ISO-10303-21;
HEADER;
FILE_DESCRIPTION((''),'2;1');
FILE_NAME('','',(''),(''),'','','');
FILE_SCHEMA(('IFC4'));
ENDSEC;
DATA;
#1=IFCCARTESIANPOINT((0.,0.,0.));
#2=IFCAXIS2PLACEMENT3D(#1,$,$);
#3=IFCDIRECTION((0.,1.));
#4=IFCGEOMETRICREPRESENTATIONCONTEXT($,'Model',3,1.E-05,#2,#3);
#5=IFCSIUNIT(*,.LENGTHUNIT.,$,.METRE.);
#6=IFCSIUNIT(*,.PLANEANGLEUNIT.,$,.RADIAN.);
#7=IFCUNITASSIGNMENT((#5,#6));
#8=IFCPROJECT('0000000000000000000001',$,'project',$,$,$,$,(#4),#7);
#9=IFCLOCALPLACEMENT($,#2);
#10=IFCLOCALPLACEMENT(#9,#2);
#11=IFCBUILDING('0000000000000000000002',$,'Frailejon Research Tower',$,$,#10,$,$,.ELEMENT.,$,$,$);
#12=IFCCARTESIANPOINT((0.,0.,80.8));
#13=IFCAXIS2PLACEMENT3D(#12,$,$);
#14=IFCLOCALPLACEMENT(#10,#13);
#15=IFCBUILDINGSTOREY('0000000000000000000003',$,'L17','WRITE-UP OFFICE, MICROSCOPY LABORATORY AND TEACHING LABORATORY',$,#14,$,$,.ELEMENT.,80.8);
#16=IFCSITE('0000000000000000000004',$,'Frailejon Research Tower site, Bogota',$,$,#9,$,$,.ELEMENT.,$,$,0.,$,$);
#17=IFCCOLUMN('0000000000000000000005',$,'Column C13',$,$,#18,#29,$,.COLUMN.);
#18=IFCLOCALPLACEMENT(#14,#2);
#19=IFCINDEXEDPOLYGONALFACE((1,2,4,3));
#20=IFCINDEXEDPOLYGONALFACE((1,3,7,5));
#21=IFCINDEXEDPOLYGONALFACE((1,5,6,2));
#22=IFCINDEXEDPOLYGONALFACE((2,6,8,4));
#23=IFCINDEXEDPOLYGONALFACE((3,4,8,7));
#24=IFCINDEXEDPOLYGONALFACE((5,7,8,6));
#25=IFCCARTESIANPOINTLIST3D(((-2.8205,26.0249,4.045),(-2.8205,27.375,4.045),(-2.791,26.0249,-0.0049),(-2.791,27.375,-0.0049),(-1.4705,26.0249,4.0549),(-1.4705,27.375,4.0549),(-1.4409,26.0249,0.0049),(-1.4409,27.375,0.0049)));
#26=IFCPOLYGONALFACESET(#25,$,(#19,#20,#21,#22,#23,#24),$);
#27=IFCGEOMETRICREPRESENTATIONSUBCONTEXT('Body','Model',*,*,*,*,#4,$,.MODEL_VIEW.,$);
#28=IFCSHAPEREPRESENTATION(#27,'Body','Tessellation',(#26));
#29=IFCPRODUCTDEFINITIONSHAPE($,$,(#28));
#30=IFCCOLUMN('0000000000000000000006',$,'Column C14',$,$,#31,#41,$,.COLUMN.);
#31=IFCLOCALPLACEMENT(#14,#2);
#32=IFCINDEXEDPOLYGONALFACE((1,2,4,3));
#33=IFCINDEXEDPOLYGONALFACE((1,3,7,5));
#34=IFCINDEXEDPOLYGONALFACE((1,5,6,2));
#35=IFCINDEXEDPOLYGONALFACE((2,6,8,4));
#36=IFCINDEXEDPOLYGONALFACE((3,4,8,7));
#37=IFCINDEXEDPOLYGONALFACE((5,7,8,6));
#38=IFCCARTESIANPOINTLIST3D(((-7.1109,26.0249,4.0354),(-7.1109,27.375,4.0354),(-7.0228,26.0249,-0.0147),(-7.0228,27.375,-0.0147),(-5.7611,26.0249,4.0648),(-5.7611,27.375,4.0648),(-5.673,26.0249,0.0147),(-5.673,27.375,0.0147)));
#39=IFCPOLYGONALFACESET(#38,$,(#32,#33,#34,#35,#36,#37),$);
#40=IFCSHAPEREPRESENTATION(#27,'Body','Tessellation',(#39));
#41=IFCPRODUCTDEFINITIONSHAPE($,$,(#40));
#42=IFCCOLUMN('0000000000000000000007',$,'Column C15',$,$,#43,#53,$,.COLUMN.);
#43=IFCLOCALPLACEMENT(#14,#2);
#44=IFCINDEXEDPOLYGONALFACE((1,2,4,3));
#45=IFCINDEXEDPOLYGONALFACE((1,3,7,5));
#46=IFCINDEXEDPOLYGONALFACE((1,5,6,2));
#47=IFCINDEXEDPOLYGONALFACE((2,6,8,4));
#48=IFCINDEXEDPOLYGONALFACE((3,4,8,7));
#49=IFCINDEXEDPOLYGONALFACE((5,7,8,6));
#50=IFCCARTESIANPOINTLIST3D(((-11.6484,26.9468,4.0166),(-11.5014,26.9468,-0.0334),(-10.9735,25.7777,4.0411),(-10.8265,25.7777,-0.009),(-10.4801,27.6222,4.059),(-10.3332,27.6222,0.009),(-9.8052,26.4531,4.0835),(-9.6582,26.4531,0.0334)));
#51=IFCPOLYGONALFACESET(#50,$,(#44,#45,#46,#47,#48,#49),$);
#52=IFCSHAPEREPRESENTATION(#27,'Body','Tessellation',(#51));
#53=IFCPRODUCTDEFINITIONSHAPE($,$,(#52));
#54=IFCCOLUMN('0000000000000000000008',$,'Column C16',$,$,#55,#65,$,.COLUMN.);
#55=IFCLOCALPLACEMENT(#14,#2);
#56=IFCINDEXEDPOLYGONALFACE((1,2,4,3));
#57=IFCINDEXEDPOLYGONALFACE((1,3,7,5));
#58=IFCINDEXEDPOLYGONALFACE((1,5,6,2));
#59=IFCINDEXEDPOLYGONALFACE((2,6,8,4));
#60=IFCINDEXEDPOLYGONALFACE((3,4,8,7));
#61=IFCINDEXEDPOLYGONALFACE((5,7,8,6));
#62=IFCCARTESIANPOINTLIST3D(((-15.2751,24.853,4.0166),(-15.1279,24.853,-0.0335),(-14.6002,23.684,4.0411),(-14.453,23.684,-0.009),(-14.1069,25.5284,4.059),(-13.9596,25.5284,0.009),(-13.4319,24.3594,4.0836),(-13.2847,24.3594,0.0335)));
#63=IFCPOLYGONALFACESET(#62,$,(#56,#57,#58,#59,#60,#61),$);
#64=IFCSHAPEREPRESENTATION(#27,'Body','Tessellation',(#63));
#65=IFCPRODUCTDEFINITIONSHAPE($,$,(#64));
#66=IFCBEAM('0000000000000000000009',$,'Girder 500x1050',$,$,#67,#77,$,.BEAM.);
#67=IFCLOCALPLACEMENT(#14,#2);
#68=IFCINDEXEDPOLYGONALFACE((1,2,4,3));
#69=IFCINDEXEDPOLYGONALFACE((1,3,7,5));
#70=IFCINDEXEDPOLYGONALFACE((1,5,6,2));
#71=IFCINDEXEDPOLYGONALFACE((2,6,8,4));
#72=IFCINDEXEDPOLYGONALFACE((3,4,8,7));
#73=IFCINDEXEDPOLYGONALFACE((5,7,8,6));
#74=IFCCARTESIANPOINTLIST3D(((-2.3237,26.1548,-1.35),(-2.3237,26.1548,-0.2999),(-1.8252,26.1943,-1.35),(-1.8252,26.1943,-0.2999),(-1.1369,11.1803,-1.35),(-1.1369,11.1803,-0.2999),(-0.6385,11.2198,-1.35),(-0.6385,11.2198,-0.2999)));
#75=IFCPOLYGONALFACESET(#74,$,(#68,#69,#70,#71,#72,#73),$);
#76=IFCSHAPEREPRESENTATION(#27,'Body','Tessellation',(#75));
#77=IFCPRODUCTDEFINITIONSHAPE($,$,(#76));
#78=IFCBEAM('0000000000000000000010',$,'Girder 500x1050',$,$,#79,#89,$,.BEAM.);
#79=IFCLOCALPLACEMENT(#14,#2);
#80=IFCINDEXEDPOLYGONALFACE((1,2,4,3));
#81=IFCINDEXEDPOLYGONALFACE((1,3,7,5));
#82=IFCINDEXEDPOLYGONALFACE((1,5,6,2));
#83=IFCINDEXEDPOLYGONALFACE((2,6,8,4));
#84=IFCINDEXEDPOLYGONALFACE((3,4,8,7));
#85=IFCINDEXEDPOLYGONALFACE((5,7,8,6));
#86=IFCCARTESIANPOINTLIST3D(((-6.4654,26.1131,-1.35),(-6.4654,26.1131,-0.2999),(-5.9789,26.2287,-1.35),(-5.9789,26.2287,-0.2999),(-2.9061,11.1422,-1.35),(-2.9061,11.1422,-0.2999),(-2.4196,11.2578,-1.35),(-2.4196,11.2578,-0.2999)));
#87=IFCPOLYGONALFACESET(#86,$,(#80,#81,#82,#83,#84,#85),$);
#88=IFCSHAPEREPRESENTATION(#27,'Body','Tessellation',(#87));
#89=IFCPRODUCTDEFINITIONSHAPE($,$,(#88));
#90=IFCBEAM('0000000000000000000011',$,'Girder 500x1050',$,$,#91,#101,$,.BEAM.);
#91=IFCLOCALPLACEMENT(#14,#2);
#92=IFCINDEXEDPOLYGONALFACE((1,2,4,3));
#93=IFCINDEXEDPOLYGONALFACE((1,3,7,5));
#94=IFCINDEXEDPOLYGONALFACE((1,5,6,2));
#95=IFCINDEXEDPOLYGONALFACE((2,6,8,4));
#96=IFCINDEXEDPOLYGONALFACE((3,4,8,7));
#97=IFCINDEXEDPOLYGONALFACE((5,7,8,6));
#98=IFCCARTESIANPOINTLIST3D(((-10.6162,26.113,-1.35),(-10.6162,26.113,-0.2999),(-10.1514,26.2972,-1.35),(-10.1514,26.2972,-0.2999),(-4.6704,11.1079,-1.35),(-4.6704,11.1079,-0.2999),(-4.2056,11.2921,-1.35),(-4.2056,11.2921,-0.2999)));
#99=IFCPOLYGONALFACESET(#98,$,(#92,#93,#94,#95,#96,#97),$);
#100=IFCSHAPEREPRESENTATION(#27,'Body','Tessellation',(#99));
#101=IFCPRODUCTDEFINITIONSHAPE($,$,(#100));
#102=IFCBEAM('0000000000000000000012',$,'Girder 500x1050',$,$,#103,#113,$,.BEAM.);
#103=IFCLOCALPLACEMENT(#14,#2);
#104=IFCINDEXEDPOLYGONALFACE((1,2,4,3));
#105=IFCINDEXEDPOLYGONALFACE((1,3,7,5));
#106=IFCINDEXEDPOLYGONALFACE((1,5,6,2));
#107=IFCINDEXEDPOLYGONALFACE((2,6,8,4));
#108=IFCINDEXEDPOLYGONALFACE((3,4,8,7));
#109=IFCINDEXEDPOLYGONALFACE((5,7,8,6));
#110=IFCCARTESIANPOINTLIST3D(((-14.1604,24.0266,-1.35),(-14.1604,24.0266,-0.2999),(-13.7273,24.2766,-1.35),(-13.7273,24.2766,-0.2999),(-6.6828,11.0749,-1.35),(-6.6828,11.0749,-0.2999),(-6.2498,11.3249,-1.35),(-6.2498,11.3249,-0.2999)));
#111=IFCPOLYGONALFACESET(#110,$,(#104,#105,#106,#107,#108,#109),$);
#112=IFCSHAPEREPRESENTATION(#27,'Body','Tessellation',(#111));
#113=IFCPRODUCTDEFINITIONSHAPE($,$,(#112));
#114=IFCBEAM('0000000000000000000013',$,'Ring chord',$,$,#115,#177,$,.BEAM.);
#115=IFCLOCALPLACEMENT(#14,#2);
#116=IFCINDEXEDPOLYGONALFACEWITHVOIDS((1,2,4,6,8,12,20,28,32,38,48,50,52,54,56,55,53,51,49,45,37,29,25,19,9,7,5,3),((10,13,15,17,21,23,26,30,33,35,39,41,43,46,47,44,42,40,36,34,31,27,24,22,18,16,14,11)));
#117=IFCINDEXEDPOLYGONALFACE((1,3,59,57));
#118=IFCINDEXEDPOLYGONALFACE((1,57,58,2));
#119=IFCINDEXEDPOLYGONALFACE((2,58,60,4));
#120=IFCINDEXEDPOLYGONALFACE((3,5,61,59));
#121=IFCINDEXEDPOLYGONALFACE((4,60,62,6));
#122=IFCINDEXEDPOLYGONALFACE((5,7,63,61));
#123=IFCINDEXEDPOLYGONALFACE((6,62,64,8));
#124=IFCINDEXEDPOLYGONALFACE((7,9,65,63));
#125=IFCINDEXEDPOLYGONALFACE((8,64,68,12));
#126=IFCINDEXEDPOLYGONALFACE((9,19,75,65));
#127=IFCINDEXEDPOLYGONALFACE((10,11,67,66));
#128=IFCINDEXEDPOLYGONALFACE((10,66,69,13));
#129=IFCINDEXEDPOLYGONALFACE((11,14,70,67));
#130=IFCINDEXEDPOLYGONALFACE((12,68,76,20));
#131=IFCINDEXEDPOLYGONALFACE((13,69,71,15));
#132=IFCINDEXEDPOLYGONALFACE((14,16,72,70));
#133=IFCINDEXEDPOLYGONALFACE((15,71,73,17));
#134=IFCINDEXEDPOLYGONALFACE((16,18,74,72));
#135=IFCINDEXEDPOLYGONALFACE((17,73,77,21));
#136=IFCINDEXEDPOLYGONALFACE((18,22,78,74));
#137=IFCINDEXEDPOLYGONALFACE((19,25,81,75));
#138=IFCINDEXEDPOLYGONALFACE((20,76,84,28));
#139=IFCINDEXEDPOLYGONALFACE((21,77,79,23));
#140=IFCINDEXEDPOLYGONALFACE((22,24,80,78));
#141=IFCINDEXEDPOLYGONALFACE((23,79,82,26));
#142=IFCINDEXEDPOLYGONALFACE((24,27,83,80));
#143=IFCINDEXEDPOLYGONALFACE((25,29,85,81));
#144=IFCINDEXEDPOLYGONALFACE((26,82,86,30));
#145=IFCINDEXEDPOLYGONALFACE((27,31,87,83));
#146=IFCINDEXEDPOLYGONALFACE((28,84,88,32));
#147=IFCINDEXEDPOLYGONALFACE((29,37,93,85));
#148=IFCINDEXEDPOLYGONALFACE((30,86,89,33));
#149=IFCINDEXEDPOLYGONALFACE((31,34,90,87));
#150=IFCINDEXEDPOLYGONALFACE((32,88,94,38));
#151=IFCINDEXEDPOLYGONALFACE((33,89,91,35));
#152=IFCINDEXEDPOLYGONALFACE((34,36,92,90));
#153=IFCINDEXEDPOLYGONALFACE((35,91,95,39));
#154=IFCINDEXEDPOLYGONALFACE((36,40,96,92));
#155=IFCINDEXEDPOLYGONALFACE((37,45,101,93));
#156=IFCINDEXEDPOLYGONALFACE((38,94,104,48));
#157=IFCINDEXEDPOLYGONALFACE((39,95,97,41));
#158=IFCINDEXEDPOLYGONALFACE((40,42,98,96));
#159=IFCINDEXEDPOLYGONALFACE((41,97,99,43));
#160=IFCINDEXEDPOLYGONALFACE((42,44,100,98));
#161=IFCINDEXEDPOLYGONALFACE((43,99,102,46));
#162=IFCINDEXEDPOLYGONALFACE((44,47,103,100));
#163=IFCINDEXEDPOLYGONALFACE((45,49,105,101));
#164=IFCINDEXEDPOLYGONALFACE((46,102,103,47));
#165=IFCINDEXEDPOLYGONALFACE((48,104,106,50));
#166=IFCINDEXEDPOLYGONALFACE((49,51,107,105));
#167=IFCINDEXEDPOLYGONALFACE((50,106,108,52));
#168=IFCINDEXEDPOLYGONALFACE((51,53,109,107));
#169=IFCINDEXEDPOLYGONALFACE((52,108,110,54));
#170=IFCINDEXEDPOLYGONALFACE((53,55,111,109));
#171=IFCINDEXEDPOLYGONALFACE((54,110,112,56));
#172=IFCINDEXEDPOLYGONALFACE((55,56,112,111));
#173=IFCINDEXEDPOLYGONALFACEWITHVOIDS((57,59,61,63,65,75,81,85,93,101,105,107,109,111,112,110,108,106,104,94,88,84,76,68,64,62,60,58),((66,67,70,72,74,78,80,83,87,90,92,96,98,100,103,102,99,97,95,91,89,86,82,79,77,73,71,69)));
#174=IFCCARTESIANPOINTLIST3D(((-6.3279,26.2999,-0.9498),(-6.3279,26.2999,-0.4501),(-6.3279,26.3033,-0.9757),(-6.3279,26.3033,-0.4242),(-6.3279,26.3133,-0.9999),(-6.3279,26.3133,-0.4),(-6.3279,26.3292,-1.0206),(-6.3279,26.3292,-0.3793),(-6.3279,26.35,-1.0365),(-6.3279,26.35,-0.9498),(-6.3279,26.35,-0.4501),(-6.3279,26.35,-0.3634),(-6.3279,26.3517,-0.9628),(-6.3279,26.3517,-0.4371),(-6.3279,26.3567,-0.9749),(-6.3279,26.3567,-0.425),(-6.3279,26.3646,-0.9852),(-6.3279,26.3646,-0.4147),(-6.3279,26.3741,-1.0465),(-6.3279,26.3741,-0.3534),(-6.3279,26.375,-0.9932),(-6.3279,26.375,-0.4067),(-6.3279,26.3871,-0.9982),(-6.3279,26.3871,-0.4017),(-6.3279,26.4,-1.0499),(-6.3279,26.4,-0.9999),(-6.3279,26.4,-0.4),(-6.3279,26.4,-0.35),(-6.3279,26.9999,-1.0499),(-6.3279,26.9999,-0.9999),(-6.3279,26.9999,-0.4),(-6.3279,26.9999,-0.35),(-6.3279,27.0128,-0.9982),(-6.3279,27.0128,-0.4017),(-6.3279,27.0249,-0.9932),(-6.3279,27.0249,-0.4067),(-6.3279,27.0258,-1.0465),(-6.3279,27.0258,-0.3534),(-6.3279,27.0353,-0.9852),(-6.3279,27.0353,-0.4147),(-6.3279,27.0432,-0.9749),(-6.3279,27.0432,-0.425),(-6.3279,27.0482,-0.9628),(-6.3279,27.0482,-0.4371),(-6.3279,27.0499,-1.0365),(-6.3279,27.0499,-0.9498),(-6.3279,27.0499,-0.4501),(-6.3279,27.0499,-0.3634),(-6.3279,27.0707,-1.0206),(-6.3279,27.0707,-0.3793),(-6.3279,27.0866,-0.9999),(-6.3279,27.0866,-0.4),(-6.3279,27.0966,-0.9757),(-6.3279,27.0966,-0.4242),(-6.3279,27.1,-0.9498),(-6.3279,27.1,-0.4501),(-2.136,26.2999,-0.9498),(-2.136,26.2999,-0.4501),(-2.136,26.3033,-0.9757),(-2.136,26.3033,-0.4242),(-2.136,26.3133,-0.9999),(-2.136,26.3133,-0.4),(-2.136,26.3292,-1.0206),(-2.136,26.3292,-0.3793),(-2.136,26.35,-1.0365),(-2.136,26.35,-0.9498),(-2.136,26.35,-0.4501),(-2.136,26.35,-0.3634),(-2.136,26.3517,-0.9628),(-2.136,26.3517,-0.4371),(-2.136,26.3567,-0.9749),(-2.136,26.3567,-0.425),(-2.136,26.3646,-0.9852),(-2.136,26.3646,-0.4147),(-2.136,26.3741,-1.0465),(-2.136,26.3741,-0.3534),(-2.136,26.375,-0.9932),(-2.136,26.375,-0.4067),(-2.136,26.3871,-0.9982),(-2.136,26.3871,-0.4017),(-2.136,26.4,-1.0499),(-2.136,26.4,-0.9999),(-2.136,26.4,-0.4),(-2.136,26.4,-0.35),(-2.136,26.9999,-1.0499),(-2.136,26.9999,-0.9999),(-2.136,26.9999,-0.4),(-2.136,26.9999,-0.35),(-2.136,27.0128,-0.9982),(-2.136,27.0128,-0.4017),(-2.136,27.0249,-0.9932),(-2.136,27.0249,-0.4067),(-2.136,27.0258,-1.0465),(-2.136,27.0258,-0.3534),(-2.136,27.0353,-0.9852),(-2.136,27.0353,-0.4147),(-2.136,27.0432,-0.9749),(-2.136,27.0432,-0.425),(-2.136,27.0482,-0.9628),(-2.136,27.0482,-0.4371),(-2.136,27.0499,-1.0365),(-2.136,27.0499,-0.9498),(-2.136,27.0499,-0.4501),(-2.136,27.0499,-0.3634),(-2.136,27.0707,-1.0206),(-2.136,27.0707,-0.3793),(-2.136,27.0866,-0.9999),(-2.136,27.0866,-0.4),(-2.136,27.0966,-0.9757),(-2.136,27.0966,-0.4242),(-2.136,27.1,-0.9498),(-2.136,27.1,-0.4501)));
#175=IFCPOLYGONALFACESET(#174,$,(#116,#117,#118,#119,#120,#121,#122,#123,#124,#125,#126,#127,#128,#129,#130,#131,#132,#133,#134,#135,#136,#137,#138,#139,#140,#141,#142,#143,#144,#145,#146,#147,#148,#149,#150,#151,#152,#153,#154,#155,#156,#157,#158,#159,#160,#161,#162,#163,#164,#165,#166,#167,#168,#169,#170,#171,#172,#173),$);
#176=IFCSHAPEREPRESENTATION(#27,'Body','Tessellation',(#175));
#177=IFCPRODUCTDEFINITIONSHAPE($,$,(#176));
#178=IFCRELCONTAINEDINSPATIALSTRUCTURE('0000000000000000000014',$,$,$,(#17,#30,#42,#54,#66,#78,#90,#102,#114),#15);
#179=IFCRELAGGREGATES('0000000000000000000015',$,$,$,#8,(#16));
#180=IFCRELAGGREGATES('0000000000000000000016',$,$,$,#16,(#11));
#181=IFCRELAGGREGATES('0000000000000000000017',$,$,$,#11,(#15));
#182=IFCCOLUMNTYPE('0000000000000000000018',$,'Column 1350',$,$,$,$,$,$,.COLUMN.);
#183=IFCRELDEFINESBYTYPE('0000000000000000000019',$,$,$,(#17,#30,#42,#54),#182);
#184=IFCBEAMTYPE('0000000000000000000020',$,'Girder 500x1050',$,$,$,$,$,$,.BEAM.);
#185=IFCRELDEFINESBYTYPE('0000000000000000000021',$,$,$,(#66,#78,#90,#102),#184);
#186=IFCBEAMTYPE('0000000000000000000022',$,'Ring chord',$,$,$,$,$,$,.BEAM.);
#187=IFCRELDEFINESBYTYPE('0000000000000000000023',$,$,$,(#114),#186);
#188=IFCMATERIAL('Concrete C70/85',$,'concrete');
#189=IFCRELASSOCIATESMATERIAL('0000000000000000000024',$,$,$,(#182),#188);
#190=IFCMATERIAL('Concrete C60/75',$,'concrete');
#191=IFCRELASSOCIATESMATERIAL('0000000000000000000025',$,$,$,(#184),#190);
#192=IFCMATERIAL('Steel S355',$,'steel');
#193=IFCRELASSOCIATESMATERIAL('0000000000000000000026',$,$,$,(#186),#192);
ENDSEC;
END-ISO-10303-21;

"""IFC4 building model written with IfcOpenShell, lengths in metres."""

from ifc_helpers import new_model, si_unit, direction, frame, origin, origin_2d, place, context, subcontext, project, spatial, rectangle, hollow_rectangle, extrude, material, material_profile, profile_set, type_object, element, save


model = new_model("IFC4")

# Units and contexts
model_context = context("Model", 3, precision=1e-05, world=origin(), true_north=direction((0.0, 1.0)))
body_context = subcontext(model_context, "Body", "Model", "MODEL_VIEW")
ifc_project = project(units=[si_unit("LENGTHUNIT", "METRE"), si_unit("PLANEANGLEUNIT", "RADIAN")], contexts=[model_context])

# Site, building, storey
site_placement = place(None, origin())
site = spatial("IfcSite", under=ifc_project, at=site_placement, Name="Frailejon Research Tower site, Bogota", CompositionType="ELEMENT", RefElevation=0.0)
building_placement = place(site_placement, origin())
building = spatial("IfcBuilding", under=site, at=building_placement, Name="Frailejon Research Tower", CompositionType="ELEMENT")
storey_placement = place(building_placement, frame((0.0, 0.0, 80.8)))
storey = spatial("IfcBuildingStorey", under=building, at=storey_placement, Name="L17", Description="WRITE-UP OFFICE, MICROSCOPY LABORATORY AND TEACHING LABORATORY", CompositionType="ELEMENT", Elevation=80.8)

# Columns
ifc_material_1 = material(Name="Concrete C70/85", Category="concrete")
ifc_material_profile_1 = material_profile(ifc_material_1, rectangle(XDim=1.3501, YDim=1.3501, at=origin_2d()), Name="Column 1350")
ifc_profile_set_1 = profile_set([ifc_material_profile_1], Name="Concrete C70/85")
column_type = type_object("IfcColumnType", Name="Column 1350", PredefinedType="COLUMN", material=ifc_profile_set_1)
column_1_placement = place(storey_placement, frame((-2.116, 26.7, 0.0), z_axis=(-0.007294, 0.0, 0.999973), x_axis=(-0.999973, 0.0, -0.007294)))
element("IfcColumn", 1, at=column_1_placement, inside=storey, type_object=column_type, Name="Column C13", PredefinedType="COLUMN", context=body_context, shape_type="SweptSolid", body=[
    extrude(rectangle(XDim=1.3501, YDim=1.3501, at=origin_2d()), origin(), (0.0, 0.0, 1.0), 4.05),
])
column_2_placement = place(storey_placement, frame((-6.3479, 26.7, 0.0), z_axis=(-0.021756, 0.0, 0.999763), x_axis=(-0.999763, 0.0, -0.021756)))
element("IfcColumn", 2, at=column_2_placement, inside=storey, type_object=column_type, Name="Column C14", PredefinedType="COLUMN", context=body_context, shape_type="SweptSolid", body=[
    extrude(rectangle(XDim=1.3501, YDim=1.3501, at=origin_2d()), origin(), (0.0, 0.0, 1.0), 4.051),
])
for number, where, z_axis, x_axis, name in (
    (3, (-10.5798, 26.7, 0.0), (-0.036265, 0.0, 0.999342), (-0.865314, -0.500246, -0.031401), "Column C15"),
    (4, (-14.2063, 24.6062, 0.0), (-0.036325, 0.0, 0.99934), (-0.865312, -0.500246, -0.031454), "Column C16"),
):
    element("IfcColumn", number, at=place(storey_placement, frame(where, z_axis=z_axis, x_axis=x_axis)), inside=storey, type_object=column_type, Name=name, PredefinedType="COLUMN", context=body_context, shape_type="SweptSolid", body=[
        extrude(rectangle(XDim=1.3501, YDim=1.3501, at=origin_2d()), origin(), (0.0, 0.0, 1.0), 4.0527),
    ])

# Beams
ifc_material_2 = material(Name="Concrete C60/75", Category="concrete")
ifc_material_profile_2 = material_profile(ifc_material_2, rectangle(XDim=0.5, YDim=1.05, at=origin_2d()), Name="Girder 500x1050")
ifc_profile_set_2 = profile_set([ifc_material_profile_2], Name="Concrete C60/75")
beam_type_1 = type_object("IfcBeamType", Name="Girder 500x1050", PredefinedType="BEAM", material=ifc_profile_set_2)
beam_1_placement = place(storey_placement, frame((-2.0745, 26.1746, -0.825), z_axis=(0.079004, -0.996874, 0.0), x_axis=(0.996874, 0.079004, 0.0)))
element("IfcBeam", 5, at=beam_1_placement, inside=storey, type_object=beam_type_1, Name="Girder 500x1050", PredefinedType="BEAM", context=body_context, shape_type="SweptSolid", body=[
    extrude(rectangle(XDim=0.5, YDim=1.05, at=origin_2d()), origin(), (0.0, 0.0, 1.0), 15.0215),
])
beam_2_placement = place(storey_placement, frame((-6.2222, 26.1709, -0.825), z_axis=(0.231302, -0.972882, 0.0), x_axis=(0.972882, 0.231302, 0.0)))
element("IfcBeam", 6, at=beam_2_placement, inside=storey, type_object=beam_type_1, Name="Girder 500x1050", PredefinedType="BEAM", context=body_context, shape_type="SweptSolid", body=[
    extrude(rectangle(XDim=0.5, YDim=1.05, at=origin_2d()), origin(), (0.0, 0.0, 1.0), 15.3882),
])
beam_3_placement = place(storey_placement, frame((-10.3838, 26.2051, -0.825), z_axis=(0.368384, -0.929674, 0.0), x_axis=(0.929674, 0.368384, 0.0)))
element("IfcBeam", 7, at=beam_3_placement, inside=storey, type_object=beam_type_1, Name="Girder 500x1050", PredefinedType="BEAM", context=body_context, shape_type="SweptSolid", body=[
    extrude(rectangle(XDim=0.5, YDim=1.05, at=origin_2d()), origin(), (0.0, 0.0, 1.0), 16.1401),
])
beam_4_placement = place(storey_placement, frame((-13.9438, 24.1516, -0.825), z_axis=(0.499995, -0.866028, 0.0), x_axis=(0.866028, 0.499995, 0.0)))
element("IfcBeam", 8, at=beam_4_placement, inside=storey, type_object=beam_type_1, Name="Girder 500x1050", PredefinedType="BEAM", context=body_context, shape_type="SweptSolid", body=[
    extrude(rectangle(XDim=0.5, YDim=1.05, at=origin_2d()), origin(), (0.0, 0.0, 1.0), 14.9553),
])
ifc_material_3 = material(Name="Steel S355", Category="steel")
ifc_material_profile_3 = material_profile(ifc_material_3, hollow_rectangle(XDim=0.8, YDim=0.7, WallThickness=0.05, InnerFilletRadius=0.05, OuterFilletRadius=0.1001, at=origin_2d()), Name="Ring chord")
ifc_profile_set_3 = profile_set([ifc_material_profile_3], Name="Steel S355")
beam_type_2 = type_object("IfcBeamType", Name="Ring chord", PredefinedType="BEAM", material=ifc_profile_set_3)
for number, where, z_axis, x_axis, name in (
    (9, (-2.136, 26.7, -0.7), (-1.0, 0.0, 0.0), (0.0, -1.0, 0.0), "Ring chord"),
):
    element("IfcBeam", number, at=place(storey_placement, frame(where, z_axis=z_axis, x_axis=x_axis)), inside=storey, type_object=beam_type_2, Name=name, PredefinedType="BEAM", context=body_context, shape_type="SweptSolid", body=[
        extrude(hollow_rectangle(XDim=0.8, YDim=0.7, WallThickness=0.05, InnerFilletRadius=0.05, OuterFilletRadius=0.1001, at=origin_2d()), origin(), (0.0, 0.0, 1.0), 4.1919),
    ])

save(model, "model.ifc")
